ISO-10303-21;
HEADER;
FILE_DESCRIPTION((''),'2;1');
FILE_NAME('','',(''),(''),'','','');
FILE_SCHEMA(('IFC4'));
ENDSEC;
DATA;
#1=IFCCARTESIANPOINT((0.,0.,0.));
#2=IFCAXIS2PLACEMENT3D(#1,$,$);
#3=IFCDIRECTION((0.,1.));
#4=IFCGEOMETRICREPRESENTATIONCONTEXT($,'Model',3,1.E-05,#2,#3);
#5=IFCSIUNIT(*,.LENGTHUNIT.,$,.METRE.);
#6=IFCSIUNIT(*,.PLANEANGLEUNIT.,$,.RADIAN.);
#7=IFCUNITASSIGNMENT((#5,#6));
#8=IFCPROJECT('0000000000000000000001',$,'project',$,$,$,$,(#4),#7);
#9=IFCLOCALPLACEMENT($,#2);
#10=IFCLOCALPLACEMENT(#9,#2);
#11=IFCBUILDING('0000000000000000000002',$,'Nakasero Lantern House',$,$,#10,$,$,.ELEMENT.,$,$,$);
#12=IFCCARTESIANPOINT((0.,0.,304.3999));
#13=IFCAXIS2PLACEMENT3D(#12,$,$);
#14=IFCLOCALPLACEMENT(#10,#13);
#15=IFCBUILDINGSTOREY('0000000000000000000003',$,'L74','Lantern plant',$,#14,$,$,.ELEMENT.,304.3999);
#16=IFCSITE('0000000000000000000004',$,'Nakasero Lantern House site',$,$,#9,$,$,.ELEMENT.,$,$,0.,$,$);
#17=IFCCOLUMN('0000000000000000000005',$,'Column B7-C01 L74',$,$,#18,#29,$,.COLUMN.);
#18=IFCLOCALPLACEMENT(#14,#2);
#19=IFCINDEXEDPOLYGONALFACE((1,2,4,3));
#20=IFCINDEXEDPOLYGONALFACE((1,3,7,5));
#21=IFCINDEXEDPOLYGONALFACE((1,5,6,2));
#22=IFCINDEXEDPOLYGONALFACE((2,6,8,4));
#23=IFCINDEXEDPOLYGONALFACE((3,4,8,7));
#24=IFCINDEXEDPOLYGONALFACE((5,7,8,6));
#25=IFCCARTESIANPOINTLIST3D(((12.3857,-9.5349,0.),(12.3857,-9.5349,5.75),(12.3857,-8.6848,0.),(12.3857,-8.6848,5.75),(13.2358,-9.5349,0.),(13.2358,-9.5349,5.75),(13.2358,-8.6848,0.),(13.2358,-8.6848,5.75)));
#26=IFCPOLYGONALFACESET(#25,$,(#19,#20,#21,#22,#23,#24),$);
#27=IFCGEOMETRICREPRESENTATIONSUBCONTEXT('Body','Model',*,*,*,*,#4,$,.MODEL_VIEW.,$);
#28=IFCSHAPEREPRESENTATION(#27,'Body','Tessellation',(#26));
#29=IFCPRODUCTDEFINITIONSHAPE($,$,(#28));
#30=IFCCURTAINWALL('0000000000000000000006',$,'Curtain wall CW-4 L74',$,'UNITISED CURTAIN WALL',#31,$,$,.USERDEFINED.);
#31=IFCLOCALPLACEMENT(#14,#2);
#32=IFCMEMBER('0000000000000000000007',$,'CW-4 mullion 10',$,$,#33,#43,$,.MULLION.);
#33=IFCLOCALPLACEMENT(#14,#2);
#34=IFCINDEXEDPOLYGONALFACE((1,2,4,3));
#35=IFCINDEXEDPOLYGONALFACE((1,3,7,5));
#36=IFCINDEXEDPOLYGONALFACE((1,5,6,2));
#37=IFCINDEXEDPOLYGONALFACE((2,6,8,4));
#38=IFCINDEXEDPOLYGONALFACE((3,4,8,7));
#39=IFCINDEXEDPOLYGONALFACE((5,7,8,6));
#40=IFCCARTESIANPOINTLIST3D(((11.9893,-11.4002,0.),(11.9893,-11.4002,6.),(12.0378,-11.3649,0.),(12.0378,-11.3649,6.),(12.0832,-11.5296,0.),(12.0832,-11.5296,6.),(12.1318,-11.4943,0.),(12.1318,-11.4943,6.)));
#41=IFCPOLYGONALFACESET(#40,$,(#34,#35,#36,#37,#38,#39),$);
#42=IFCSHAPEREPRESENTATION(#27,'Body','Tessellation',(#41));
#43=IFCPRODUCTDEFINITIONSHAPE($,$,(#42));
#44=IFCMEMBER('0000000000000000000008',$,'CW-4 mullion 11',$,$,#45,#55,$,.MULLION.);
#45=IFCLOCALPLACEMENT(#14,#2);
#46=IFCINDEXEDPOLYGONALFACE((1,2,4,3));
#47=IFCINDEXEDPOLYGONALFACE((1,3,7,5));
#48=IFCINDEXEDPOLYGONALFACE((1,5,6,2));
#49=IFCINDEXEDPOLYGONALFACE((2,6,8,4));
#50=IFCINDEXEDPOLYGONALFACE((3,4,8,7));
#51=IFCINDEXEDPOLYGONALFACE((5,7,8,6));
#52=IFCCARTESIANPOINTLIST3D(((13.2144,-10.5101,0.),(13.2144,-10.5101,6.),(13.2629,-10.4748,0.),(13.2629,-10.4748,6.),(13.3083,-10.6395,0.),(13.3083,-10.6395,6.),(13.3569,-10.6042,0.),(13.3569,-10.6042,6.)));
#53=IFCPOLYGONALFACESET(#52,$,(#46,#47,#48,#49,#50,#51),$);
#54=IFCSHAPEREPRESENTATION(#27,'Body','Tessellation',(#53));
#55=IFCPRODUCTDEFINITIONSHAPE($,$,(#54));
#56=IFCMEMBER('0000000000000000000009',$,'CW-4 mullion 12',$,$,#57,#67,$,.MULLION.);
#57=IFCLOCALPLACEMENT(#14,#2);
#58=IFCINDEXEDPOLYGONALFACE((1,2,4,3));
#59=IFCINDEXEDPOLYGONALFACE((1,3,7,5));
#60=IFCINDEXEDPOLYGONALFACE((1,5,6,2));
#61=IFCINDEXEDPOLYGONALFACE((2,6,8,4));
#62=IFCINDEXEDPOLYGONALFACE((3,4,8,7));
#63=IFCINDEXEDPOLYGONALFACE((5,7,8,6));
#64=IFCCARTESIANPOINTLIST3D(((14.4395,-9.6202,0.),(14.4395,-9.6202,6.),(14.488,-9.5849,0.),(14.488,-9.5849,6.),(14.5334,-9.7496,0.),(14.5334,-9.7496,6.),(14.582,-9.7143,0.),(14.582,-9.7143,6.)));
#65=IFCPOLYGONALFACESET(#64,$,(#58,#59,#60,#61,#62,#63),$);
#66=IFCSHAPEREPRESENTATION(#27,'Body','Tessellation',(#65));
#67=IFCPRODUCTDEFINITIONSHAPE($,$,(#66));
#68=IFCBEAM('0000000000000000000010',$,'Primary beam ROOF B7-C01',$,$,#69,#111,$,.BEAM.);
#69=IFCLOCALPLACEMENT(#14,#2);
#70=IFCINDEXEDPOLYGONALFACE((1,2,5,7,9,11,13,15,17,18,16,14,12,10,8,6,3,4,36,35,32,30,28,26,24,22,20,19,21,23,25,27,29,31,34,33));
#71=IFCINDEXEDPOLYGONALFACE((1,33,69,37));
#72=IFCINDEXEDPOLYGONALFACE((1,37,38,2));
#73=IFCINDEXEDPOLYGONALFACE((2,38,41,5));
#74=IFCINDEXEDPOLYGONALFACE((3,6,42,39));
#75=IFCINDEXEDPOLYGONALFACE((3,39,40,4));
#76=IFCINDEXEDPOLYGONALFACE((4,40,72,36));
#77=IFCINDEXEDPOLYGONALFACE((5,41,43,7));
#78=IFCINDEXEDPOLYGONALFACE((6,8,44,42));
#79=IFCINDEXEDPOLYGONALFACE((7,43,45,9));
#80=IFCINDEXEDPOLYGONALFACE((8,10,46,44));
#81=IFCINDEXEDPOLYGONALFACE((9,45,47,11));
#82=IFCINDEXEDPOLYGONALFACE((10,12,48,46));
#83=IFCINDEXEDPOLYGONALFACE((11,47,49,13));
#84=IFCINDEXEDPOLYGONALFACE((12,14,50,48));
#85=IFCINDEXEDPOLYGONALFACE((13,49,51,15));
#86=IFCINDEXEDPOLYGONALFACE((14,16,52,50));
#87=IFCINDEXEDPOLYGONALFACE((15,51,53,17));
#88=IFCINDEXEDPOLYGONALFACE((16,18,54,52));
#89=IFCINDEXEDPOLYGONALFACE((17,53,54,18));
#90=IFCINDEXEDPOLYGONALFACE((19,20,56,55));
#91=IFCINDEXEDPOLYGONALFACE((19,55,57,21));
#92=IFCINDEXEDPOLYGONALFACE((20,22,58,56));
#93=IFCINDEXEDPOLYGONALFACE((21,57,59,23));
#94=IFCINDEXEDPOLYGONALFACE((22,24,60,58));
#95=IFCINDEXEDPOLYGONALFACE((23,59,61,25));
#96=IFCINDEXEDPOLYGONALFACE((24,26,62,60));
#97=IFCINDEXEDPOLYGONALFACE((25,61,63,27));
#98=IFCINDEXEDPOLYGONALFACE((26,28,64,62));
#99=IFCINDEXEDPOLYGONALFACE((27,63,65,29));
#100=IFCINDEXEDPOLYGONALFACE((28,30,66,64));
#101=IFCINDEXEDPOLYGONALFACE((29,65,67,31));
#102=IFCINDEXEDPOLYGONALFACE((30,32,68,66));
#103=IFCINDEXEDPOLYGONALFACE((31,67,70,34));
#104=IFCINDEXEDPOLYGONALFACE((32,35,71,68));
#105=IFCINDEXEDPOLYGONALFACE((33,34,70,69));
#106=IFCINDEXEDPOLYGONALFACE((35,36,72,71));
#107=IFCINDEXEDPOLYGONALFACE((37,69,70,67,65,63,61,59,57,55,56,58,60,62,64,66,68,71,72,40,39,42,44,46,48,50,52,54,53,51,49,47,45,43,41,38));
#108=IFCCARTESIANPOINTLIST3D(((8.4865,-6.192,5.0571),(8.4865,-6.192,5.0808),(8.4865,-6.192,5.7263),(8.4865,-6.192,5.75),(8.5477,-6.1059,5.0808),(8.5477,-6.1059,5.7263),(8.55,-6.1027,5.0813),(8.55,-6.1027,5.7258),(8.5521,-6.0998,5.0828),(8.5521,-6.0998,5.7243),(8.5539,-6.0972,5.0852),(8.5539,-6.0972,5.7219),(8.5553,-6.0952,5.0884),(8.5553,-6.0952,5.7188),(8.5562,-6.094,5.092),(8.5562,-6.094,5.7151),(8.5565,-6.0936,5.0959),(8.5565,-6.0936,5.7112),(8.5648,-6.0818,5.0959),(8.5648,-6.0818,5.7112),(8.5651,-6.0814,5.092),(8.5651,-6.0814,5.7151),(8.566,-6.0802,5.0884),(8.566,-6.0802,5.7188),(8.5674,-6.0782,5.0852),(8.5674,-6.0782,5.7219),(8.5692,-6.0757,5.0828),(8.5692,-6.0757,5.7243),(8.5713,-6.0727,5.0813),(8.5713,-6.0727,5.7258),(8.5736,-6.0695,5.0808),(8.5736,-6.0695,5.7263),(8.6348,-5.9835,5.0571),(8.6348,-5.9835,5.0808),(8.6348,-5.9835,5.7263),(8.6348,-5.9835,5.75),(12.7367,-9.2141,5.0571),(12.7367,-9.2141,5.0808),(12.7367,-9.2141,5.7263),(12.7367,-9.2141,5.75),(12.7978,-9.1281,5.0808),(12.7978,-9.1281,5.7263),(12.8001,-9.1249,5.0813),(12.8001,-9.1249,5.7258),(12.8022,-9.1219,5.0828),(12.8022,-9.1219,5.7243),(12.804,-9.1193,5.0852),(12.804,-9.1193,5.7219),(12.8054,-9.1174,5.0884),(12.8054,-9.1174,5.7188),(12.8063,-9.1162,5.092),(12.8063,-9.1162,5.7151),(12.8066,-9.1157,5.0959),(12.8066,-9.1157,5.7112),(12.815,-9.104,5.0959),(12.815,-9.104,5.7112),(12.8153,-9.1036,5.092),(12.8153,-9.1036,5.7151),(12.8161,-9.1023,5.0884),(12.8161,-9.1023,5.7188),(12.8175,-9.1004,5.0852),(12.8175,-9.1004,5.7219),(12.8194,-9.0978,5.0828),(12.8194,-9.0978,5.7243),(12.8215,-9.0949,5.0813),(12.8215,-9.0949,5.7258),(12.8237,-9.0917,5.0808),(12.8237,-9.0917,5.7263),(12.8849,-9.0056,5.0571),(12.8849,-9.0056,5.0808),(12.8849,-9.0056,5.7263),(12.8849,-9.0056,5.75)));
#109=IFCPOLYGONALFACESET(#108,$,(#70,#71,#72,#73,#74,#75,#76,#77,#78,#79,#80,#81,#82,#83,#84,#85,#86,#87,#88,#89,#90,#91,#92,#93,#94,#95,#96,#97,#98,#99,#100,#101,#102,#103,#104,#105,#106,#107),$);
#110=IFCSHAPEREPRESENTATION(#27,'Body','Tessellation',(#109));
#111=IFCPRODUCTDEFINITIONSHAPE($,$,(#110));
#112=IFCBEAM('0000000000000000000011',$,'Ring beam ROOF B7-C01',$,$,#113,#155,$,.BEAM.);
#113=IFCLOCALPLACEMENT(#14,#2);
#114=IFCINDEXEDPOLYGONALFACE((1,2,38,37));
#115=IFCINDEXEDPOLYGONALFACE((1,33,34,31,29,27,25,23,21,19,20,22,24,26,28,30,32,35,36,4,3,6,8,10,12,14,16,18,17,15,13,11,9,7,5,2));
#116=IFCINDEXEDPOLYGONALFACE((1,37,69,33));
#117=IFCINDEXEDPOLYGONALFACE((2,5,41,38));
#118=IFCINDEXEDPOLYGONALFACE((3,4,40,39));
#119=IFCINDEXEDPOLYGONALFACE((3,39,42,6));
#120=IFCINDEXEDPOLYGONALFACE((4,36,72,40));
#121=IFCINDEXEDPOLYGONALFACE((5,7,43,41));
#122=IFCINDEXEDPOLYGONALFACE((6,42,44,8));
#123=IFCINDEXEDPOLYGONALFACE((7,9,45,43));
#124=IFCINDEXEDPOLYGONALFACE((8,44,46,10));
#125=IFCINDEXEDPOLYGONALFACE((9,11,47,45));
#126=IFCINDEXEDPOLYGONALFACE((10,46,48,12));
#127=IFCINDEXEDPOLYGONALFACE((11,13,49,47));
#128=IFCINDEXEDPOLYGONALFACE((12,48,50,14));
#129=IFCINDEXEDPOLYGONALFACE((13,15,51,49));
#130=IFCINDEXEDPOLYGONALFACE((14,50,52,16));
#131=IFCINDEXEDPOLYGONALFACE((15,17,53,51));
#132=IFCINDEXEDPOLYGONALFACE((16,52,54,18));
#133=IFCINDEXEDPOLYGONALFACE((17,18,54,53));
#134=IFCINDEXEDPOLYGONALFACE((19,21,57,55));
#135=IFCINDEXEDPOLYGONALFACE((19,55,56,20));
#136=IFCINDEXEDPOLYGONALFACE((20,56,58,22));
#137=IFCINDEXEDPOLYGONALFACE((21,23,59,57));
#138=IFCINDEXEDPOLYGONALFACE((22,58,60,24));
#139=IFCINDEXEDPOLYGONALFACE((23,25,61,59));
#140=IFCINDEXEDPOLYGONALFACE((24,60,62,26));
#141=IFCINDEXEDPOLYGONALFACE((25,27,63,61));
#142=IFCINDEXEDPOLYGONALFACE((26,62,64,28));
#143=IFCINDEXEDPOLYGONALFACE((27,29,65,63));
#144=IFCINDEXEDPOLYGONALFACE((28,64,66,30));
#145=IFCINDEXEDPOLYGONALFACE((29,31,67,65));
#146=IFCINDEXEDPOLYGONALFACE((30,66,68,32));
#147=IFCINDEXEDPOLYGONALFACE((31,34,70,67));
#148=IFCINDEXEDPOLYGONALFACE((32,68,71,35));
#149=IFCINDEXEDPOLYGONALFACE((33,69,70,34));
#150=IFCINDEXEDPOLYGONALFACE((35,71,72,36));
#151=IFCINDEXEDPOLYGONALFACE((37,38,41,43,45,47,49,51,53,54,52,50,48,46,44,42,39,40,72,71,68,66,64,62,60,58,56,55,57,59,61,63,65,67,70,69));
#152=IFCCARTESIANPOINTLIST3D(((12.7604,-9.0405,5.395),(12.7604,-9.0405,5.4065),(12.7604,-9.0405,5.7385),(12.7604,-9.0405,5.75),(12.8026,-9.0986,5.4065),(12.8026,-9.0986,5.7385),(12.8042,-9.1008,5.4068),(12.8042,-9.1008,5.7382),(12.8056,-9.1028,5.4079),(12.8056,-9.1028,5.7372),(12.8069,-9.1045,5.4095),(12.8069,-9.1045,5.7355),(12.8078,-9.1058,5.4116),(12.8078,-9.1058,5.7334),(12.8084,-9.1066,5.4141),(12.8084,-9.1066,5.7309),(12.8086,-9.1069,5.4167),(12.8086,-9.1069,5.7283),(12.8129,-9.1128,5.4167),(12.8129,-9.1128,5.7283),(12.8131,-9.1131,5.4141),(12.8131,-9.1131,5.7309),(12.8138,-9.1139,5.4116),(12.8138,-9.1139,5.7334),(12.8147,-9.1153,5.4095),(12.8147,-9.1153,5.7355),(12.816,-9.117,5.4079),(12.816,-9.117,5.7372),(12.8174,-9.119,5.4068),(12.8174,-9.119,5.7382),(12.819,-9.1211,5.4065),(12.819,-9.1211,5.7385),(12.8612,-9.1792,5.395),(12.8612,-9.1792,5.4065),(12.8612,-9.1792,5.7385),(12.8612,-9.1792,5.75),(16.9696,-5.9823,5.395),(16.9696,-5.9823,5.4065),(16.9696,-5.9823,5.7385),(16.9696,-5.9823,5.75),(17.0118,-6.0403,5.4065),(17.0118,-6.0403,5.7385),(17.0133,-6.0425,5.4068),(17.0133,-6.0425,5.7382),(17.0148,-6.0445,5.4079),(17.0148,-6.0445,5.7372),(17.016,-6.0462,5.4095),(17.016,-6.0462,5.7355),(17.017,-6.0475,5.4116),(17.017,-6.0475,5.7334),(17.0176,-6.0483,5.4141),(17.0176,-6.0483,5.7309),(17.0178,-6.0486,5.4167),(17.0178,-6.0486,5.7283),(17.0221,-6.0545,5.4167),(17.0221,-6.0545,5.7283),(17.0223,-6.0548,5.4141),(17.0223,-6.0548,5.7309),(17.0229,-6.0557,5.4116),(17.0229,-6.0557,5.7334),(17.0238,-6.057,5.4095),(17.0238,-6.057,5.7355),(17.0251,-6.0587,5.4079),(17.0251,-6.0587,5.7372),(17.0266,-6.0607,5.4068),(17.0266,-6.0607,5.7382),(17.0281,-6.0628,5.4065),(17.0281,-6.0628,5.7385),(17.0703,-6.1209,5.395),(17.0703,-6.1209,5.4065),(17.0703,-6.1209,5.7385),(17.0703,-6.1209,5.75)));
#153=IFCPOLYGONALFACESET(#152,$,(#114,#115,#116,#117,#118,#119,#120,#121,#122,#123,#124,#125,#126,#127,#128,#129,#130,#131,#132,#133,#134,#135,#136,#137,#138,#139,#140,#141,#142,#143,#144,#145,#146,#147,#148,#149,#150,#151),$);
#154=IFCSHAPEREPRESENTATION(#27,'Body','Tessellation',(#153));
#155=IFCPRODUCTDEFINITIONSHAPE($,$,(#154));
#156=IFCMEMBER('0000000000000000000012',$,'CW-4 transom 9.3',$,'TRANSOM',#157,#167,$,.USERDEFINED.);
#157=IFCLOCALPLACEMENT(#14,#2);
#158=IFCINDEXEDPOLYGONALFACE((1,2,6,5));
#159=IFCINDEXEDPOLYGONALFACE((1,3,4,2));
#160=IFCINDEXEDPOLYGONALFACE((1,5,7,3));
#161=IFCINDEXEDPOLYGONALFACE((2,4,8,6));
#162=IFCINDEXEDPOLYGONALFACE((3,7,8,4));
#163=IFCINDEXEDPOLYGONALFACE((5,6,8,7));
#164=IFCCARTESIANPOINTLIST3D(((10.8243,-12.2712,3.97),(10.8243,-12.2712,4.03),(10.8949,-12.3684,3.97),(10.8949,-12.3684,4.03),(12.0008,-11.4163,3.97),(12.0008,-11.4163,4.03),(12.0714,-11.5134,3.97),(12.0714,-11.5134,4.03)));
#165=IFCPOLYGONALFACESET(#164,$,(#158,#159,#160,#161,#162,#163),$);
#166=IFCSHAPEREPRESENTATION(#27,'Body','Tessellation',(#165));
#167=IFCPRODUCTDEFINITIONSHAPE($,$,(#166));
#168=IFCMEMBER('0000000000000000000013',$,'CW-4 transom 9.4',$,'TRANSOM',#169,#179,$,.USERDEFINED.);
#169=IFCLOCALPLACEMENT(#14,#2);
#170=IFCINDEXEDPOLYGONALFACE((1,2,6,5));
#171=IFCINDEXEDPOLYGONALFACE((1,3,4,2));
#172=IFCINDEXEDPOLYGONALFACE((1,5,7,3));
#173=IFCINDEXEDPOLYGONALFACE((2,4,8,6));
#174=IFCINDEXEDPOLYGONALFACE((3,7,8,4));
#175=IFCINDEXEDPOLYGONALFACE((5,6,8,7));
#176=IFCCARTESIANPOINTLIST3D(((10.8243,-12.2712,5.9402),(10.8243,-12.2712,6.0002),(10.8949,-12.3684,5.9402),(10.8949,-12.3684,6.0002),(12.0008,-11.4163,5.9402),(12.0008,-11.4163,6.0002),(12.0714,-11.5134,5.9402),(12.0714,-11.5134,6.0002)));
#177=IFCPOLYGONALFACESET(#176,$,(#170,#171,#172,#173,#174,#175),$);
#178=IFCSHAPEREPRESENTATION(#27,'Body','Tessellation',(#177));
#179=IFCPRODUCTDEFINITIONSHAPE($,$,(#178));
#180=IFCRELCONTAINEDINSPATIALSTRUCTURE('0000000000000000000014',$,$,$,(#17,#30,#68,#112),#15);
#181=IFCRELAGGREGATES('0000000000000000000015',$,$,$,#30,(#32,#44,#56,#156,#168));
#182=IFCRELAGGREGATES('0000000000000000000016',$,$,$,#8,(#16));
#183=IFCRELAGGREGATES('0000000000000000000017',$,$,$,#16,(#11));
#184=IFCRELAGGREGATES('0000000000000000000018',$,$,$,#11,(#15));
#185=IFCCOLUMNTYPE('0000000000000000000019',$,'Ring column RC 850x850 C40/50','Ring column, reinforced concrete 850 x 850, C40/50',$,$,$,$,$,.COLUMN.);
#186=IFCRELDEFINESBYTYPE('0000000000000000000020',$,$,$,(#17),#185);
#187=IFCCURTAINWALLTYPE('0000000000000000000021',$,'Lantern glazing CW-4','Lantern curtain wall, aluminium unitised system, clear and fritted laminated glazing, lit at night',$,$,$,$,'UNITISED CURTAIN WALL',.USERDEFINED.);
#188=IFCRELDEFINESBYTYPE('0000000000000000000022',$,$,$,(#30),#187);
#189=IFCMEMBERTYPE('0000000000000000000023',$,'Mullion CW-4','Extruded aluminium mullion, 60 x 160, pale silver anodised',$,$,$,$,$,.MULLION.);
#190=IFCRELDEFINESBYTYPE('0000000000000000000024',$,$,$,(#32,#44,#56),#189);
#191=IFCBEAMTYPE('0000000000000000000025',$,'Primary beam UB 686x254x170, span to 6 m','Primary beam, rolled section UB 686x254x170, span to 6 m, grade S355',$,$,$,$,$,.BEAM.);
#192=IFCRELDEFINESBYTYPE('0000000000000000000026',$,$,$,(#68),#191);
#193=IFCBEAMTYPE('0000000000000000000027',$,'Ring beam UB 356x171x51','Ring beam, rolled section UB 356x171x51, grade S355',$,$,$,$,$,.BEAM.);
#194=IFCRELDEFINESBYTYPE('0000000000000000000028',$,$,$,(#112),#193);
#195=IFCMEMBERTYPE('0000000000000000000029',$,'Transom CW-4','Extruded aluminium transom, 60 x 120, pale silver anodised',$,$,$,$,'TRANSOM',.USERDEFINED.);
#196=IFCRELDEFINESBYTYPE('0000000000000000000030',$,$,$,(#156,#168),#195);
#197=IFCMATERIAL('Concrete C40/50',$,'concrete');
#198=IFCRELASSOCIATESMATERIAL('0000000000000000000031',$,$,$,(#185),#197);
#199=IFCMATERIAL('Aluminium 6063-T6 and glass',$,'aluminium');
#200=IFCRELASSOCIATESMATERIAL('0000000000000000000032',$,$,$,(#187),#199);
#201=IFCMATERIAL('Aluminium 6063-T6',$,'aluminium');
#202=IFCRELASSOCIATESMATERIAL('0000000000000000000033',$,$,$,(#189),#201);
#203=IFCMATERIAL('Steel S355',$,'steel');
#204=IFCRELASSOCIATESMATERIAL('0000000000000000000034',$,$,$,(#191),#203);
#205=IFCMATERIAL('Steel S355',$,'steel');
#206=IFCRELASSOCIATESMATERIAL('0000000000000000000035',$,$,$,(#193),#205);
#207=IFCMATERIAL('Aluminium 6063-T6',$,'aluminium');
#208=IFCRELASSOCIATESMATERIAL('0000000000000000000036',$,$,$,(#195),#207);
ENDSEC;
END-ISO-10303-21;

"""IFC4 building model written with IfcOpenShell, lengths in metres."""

from ifc_helpers import new_model, si_unit, direction, frame, origin, origin_2d, place, context, subcontext, project, spatial, rectangle, i_section, extrude, material, material_profile, profile_set, type_object, element, aggregate, save


model = new_model("IFC4")

# Units and contexts
model_context = context("Model", 3, precision=1e-05, world=origin(), true_north=direction((0.0, 1.0)))
body_context = subcontext(model_context, "Body", "Model", "MODEL_VIEW")
ifc_project = project(units=[si_unit("LENGTHUNIT", "METRE"), si_unit("PLANEANGLEUNIT", "RADIAN")], contexts=[model_context])

# Site, building, storey
site_placement = place(None, origin())
site = spatial("IfcSite", under=ifc_project, at=site_placement, Name="Nakasero Lantern House site", CompositionType="ELEMENT", RefElevation=0.0)
building_placement = place(site_placement, origin())
building = spatial("IfcBuilding", under=site, at=building_placement, Name="Nakasero Lantern House", CompositionType="ELEMENT")
storey_placement = place(building_placement, frame((0.0, 0.0, 304.3999)))
storey = spatial("IfcBuildingStorey", under=building, at=storey_placement, Name="L74", Description="Lantern plant", CompositionType="ELEMENT", Elevation=304.3999)

# Column
ifc_material_1 = material(Name="Concrete C40/50", Category="concrete")
ifc_material_profile_1 = material_profile(ifc_material_1, rectangle(XDim=0.8501, YDim=0.8501, at=origin_2d()), Name="RC 850x850")
ifc_profile_set_1 = profile_set([ifc_material_profile_1], Name="Concrete C40/50")
column_type = type_object("IfcColumnType", Name="Ring column RC 850x850 C40/50", Description="Ring column, reinforced concrete 850 x 850, C40/50", PredefinedType="COLUMN", material=ifc_profile_set_1)
column_placement = place(storey_placement, frame((12.8108, -9.1099, 0.0), z_axis=(0.0, 0.0, 1.0), x_axis=(1.0, 0.0, 0.0)))
element("IfcColumn", 1, at=column_placement, inside=storey, type_object=column_type, Name="Column B7-C01 L74", PredefinedType="COLUMN", context=body_context, shape_type="SweptSolid", body=[
    extrude(rectangle(XDim=0.8501, YDim=0.8501, at=origin_2d()), origin(), (0.0, 0.0, 1.0), 5.75),
])

# Curtain wall, members
ifc_material_2 = material(Name="Aluminium 6063-T6 and glass", Category="aluminium")
curtain_wall_type = type_object("IfcCurtainWallType", Name="Lantern glazing CW-4", Description="Lantern curtain wall, aluminium unitised system, clear and fritted laminated glazing, lit at night", ElementType="UNITISED CURTAIN WALL", PredefinedType="USERDEFINED", material=ifc_material_2)
curtain_wall_placement = place(storey_placement, origin())
curtain_wall = element("IfcCurtainWall", 2, at=curtain_wall_placement, inside=storey, type_object=curtain_wall_type, Name="Curtain wall CW-4 L74", ObjectType="UNITISED CURTAIN WALL", PredefinedType="USERDEFINED")
ifc_material_3 = material(Name="Aluminium 6063-T6", Category="aluminium")
ifc_material_profile_2 = material_profile(ifc_material_3, rectangle(XDim=0.0601, YDim=0.1599, at=origin_2d()), Name="CW-4 mullion 60x160")
ifc_profile_set_2 = profile_set([ifc_material_profile_2], Name="Aluminium 6063-T6")
member_type_1 = type_object("IfcMemberType", Name="Mullion CW-4", Description="Extruded aluminium mullion, 60 x 160, pale silver anodised", PredefinedType="MULLION", material=ifc_profile_set_2)
member_1_placement = place(storey_placement, frame((12.0605, -11.4473, 0.0), z_axis=(0.0, 0.0, 1.0), x_axis=(0.809017, 0.587785, 0.0)))
member_1 = element("IfcMember", 3, at=member_1_placement, type_object=member_type_1, Name="CW-4 mullion 10", PredefinedType="MULLION", context=body_context, shape_type="SweptSolid", body=[
    extrude(rectangle(XDim=0.0601, YDim=0.1599, at=origin_2d()), origin(), (0.0, 0.0, 1.0), 6.0),
])
member_2_placement = place(storey_placement, frame((13.2856, -10.5571, 0.0), z_axis=(0.0, 0.0, 1.0), x_axis=(0.809017, 0.587785, 0.0)))
member_2 = element("IfcMember", 4, at=member_2_placement, type_object=member_type_1, Name="CW-4 mullion 11", PredefinedType="MULLION", context=body_context, shape_type="SweptSolid", body=[
    extrude(rectangle(XDim=0.0601, YDim=0.1599, at=origin_2d()), origin(), (0.0, 0.0, 1.0), 6.0),
])
member_3_placement = place(storey_placement, frame((14.5107, -9.6672, 0.0), z_axis=(0.0, 0.0, 1.0), x_axis=(0.809017, 0.587785, 0.0)))
member_3 = element("IfcMember", 5, at=member_3_placement, type_object=member_type_1, Name="CW-4 mullion 12", PredefinedType="MULLION", context=body_context, shape_type="SweptSolid", body=[
    extrude(rectangle(XDim=0.0601, YDim=0.1599, at=origin_2d()), origin(), (0.0, 0.0, 1.0), 6.0),
])

# Beams
ifc_material_4 = material(Name="Steel S355", Category="steel")
ifc_material_profile_3 = material_profile(ifc_material_4, i_section(OverallWidth=0.2559, OverallDepth=0.6929, WebThickness=0.0144, FlangeThickness=0.0237, FilletRadius=0.0151, at=origin_2d()), Name="UB 686x254x170")
ifc_profile_set_3 = profile_set([ifc_material_profile_3], Name="Steel S355")
beam_type_1 = type_object("IfcBeamType", Name="Primary beam UB 686x254x170, span to 6 m", Description="Primary beam, rolled section UB 686x254x170, span to 6 m, grade S355", PredefinedType="BEAM", material=ifc_profile_set_3)
beam_1_placement = place(storey_placement, frame((12.8108, -9.1099, 5.4036), z_axis=(-0.814972, 0.579501, 0.0), x_axis=(-0.579501, -0.814972, 0.0)))
element("IfcBeam", 6, at=beam_1_placement, inside=storey, type_object=beam_type_1, Name="Primary beam ROOF B7-C01", PredefinedType="BEAM", context=body_context, shape_type="SweptSolid", body=[
    extrude(i_section(OverallWidth=0.2559, OverallDepth=0.6929, WebThickness=0.0144, FlangeThickness=0.0237, FilletRadius=0.0151, at=origin_2d()), origin(), (0.0, 0.0, 1.0), 5.2151),
])
ifc_material_5 = material(Name="Steel S355", Category="steel")
ifc_material_profile_4 = material_profile(ifc_material_5, i_section(OverallWidth=0.1714, OverallDepth=0.355, WebThickness=0.0073, FlangeThickness=0.0115, FilletRadius=0.0103, at=origin_2d()), Name="UB 356x171x51")
ifc_profile_set_4 = profile_set([ifc_material_profile_4], Name="Steel S355")
beam_type_2 = type_object("IfcBeamType", Name="Ring beam UB 356x171x51", Description="Ring beam, rolled section UB 356x171x51, grade S355", PredefinedType="BEAM", material=ifc_profile_set_4)
beam_2_placement = place(storey_placement, frame((12.8108, -9.1099, 5.5725), z_axis=(0.809002, 0.587806, 0.0), x_axis=(-0.587806, 0.809002, 0.0)))
element("IfcBeam", 7, at=beam_2_placement, inside=storey, type_object=beam_type_2, Name="Ring beam ROOF B7-C01", PredefinedType="BEAM", context=body_context, shape_type="SweptSolid", body=[
    extrude(i_section(OverallWidth=0.1714, OverallDepth=0.355, WebThickness=0.0073, FlangeThickness=0.0115, FilletRadius=0.0103, at=origin_2d()), origin(), (0.0, 0.0, 1.0), 5.2029),
])

# Members
ifc_material_6 = material(Name="Aluminium 6063-T6", Category="aluminium")
ifc_material_profile_5 = material_profile(ifc_material_6, rectangle(XDim=0.0601, YDim=0.1201, at=origin_2d()), Name="CW-4 transom 60x120")
ifc_profile_set_5 = profile_set([ifc_material_profile_5], Name="Aluminium 6063-T6")
member_type_2 = type_object("IfcMemberType", Name="Transom CW-4", Description="Extruded aluminium transom, 60 x 120, pale silver anodised", ElementType="TRANSOM", PredefinedType="USERDEFINED", material=ifc_profile_set_5)
member_4_placement = place(storey_placement, frame((10.8596, -12.3198, 4.0), z_axis=(0.808954, 0.587872, 0.0), x_axis=(0.0, 0.0, 1.0)))
member_4 = element("IfcMember", 8, at=member_4_placement, type_object=member_type_2, Name="CW-4 transom 9.3", ObjectType="TRANSOM", PredefinedType="USERDEFINED", context=body_context, shape_type="SweptSolid", body=[
    extrude(rectangle(XDim=0.0601, YDim=0.1201, at=origin_2d()), origin(), (0.0, 0.0, 1.0), 1.4543),
])
member_5_placement = place(storey_placement, frame((10.8596, -12.3198, 5.9702), z_axis=(0.808954, 0.587872, 0.0), x_axis=(0.0, 0.0, 1.0)))
member_5 = element("IfcMember", 9, at=member_5_placement, type_object=member_type_2, Name="CW-4 transom 9.4", ObjectType="TRANSOM", PredefinedType="USERDEFINED", context=body_context, shape_type="SweptSolid", body=[
    extrude(rectangle(XDim=0.0601, YDim=0.1201, at=origin_2d()), origin(), (0.0, 0.0, 1.0), 1.4543),
])

aggregate(curtain_wall, [member_1, member_2, member_3, member_4, member_5])

save(model, "model.ifc")
